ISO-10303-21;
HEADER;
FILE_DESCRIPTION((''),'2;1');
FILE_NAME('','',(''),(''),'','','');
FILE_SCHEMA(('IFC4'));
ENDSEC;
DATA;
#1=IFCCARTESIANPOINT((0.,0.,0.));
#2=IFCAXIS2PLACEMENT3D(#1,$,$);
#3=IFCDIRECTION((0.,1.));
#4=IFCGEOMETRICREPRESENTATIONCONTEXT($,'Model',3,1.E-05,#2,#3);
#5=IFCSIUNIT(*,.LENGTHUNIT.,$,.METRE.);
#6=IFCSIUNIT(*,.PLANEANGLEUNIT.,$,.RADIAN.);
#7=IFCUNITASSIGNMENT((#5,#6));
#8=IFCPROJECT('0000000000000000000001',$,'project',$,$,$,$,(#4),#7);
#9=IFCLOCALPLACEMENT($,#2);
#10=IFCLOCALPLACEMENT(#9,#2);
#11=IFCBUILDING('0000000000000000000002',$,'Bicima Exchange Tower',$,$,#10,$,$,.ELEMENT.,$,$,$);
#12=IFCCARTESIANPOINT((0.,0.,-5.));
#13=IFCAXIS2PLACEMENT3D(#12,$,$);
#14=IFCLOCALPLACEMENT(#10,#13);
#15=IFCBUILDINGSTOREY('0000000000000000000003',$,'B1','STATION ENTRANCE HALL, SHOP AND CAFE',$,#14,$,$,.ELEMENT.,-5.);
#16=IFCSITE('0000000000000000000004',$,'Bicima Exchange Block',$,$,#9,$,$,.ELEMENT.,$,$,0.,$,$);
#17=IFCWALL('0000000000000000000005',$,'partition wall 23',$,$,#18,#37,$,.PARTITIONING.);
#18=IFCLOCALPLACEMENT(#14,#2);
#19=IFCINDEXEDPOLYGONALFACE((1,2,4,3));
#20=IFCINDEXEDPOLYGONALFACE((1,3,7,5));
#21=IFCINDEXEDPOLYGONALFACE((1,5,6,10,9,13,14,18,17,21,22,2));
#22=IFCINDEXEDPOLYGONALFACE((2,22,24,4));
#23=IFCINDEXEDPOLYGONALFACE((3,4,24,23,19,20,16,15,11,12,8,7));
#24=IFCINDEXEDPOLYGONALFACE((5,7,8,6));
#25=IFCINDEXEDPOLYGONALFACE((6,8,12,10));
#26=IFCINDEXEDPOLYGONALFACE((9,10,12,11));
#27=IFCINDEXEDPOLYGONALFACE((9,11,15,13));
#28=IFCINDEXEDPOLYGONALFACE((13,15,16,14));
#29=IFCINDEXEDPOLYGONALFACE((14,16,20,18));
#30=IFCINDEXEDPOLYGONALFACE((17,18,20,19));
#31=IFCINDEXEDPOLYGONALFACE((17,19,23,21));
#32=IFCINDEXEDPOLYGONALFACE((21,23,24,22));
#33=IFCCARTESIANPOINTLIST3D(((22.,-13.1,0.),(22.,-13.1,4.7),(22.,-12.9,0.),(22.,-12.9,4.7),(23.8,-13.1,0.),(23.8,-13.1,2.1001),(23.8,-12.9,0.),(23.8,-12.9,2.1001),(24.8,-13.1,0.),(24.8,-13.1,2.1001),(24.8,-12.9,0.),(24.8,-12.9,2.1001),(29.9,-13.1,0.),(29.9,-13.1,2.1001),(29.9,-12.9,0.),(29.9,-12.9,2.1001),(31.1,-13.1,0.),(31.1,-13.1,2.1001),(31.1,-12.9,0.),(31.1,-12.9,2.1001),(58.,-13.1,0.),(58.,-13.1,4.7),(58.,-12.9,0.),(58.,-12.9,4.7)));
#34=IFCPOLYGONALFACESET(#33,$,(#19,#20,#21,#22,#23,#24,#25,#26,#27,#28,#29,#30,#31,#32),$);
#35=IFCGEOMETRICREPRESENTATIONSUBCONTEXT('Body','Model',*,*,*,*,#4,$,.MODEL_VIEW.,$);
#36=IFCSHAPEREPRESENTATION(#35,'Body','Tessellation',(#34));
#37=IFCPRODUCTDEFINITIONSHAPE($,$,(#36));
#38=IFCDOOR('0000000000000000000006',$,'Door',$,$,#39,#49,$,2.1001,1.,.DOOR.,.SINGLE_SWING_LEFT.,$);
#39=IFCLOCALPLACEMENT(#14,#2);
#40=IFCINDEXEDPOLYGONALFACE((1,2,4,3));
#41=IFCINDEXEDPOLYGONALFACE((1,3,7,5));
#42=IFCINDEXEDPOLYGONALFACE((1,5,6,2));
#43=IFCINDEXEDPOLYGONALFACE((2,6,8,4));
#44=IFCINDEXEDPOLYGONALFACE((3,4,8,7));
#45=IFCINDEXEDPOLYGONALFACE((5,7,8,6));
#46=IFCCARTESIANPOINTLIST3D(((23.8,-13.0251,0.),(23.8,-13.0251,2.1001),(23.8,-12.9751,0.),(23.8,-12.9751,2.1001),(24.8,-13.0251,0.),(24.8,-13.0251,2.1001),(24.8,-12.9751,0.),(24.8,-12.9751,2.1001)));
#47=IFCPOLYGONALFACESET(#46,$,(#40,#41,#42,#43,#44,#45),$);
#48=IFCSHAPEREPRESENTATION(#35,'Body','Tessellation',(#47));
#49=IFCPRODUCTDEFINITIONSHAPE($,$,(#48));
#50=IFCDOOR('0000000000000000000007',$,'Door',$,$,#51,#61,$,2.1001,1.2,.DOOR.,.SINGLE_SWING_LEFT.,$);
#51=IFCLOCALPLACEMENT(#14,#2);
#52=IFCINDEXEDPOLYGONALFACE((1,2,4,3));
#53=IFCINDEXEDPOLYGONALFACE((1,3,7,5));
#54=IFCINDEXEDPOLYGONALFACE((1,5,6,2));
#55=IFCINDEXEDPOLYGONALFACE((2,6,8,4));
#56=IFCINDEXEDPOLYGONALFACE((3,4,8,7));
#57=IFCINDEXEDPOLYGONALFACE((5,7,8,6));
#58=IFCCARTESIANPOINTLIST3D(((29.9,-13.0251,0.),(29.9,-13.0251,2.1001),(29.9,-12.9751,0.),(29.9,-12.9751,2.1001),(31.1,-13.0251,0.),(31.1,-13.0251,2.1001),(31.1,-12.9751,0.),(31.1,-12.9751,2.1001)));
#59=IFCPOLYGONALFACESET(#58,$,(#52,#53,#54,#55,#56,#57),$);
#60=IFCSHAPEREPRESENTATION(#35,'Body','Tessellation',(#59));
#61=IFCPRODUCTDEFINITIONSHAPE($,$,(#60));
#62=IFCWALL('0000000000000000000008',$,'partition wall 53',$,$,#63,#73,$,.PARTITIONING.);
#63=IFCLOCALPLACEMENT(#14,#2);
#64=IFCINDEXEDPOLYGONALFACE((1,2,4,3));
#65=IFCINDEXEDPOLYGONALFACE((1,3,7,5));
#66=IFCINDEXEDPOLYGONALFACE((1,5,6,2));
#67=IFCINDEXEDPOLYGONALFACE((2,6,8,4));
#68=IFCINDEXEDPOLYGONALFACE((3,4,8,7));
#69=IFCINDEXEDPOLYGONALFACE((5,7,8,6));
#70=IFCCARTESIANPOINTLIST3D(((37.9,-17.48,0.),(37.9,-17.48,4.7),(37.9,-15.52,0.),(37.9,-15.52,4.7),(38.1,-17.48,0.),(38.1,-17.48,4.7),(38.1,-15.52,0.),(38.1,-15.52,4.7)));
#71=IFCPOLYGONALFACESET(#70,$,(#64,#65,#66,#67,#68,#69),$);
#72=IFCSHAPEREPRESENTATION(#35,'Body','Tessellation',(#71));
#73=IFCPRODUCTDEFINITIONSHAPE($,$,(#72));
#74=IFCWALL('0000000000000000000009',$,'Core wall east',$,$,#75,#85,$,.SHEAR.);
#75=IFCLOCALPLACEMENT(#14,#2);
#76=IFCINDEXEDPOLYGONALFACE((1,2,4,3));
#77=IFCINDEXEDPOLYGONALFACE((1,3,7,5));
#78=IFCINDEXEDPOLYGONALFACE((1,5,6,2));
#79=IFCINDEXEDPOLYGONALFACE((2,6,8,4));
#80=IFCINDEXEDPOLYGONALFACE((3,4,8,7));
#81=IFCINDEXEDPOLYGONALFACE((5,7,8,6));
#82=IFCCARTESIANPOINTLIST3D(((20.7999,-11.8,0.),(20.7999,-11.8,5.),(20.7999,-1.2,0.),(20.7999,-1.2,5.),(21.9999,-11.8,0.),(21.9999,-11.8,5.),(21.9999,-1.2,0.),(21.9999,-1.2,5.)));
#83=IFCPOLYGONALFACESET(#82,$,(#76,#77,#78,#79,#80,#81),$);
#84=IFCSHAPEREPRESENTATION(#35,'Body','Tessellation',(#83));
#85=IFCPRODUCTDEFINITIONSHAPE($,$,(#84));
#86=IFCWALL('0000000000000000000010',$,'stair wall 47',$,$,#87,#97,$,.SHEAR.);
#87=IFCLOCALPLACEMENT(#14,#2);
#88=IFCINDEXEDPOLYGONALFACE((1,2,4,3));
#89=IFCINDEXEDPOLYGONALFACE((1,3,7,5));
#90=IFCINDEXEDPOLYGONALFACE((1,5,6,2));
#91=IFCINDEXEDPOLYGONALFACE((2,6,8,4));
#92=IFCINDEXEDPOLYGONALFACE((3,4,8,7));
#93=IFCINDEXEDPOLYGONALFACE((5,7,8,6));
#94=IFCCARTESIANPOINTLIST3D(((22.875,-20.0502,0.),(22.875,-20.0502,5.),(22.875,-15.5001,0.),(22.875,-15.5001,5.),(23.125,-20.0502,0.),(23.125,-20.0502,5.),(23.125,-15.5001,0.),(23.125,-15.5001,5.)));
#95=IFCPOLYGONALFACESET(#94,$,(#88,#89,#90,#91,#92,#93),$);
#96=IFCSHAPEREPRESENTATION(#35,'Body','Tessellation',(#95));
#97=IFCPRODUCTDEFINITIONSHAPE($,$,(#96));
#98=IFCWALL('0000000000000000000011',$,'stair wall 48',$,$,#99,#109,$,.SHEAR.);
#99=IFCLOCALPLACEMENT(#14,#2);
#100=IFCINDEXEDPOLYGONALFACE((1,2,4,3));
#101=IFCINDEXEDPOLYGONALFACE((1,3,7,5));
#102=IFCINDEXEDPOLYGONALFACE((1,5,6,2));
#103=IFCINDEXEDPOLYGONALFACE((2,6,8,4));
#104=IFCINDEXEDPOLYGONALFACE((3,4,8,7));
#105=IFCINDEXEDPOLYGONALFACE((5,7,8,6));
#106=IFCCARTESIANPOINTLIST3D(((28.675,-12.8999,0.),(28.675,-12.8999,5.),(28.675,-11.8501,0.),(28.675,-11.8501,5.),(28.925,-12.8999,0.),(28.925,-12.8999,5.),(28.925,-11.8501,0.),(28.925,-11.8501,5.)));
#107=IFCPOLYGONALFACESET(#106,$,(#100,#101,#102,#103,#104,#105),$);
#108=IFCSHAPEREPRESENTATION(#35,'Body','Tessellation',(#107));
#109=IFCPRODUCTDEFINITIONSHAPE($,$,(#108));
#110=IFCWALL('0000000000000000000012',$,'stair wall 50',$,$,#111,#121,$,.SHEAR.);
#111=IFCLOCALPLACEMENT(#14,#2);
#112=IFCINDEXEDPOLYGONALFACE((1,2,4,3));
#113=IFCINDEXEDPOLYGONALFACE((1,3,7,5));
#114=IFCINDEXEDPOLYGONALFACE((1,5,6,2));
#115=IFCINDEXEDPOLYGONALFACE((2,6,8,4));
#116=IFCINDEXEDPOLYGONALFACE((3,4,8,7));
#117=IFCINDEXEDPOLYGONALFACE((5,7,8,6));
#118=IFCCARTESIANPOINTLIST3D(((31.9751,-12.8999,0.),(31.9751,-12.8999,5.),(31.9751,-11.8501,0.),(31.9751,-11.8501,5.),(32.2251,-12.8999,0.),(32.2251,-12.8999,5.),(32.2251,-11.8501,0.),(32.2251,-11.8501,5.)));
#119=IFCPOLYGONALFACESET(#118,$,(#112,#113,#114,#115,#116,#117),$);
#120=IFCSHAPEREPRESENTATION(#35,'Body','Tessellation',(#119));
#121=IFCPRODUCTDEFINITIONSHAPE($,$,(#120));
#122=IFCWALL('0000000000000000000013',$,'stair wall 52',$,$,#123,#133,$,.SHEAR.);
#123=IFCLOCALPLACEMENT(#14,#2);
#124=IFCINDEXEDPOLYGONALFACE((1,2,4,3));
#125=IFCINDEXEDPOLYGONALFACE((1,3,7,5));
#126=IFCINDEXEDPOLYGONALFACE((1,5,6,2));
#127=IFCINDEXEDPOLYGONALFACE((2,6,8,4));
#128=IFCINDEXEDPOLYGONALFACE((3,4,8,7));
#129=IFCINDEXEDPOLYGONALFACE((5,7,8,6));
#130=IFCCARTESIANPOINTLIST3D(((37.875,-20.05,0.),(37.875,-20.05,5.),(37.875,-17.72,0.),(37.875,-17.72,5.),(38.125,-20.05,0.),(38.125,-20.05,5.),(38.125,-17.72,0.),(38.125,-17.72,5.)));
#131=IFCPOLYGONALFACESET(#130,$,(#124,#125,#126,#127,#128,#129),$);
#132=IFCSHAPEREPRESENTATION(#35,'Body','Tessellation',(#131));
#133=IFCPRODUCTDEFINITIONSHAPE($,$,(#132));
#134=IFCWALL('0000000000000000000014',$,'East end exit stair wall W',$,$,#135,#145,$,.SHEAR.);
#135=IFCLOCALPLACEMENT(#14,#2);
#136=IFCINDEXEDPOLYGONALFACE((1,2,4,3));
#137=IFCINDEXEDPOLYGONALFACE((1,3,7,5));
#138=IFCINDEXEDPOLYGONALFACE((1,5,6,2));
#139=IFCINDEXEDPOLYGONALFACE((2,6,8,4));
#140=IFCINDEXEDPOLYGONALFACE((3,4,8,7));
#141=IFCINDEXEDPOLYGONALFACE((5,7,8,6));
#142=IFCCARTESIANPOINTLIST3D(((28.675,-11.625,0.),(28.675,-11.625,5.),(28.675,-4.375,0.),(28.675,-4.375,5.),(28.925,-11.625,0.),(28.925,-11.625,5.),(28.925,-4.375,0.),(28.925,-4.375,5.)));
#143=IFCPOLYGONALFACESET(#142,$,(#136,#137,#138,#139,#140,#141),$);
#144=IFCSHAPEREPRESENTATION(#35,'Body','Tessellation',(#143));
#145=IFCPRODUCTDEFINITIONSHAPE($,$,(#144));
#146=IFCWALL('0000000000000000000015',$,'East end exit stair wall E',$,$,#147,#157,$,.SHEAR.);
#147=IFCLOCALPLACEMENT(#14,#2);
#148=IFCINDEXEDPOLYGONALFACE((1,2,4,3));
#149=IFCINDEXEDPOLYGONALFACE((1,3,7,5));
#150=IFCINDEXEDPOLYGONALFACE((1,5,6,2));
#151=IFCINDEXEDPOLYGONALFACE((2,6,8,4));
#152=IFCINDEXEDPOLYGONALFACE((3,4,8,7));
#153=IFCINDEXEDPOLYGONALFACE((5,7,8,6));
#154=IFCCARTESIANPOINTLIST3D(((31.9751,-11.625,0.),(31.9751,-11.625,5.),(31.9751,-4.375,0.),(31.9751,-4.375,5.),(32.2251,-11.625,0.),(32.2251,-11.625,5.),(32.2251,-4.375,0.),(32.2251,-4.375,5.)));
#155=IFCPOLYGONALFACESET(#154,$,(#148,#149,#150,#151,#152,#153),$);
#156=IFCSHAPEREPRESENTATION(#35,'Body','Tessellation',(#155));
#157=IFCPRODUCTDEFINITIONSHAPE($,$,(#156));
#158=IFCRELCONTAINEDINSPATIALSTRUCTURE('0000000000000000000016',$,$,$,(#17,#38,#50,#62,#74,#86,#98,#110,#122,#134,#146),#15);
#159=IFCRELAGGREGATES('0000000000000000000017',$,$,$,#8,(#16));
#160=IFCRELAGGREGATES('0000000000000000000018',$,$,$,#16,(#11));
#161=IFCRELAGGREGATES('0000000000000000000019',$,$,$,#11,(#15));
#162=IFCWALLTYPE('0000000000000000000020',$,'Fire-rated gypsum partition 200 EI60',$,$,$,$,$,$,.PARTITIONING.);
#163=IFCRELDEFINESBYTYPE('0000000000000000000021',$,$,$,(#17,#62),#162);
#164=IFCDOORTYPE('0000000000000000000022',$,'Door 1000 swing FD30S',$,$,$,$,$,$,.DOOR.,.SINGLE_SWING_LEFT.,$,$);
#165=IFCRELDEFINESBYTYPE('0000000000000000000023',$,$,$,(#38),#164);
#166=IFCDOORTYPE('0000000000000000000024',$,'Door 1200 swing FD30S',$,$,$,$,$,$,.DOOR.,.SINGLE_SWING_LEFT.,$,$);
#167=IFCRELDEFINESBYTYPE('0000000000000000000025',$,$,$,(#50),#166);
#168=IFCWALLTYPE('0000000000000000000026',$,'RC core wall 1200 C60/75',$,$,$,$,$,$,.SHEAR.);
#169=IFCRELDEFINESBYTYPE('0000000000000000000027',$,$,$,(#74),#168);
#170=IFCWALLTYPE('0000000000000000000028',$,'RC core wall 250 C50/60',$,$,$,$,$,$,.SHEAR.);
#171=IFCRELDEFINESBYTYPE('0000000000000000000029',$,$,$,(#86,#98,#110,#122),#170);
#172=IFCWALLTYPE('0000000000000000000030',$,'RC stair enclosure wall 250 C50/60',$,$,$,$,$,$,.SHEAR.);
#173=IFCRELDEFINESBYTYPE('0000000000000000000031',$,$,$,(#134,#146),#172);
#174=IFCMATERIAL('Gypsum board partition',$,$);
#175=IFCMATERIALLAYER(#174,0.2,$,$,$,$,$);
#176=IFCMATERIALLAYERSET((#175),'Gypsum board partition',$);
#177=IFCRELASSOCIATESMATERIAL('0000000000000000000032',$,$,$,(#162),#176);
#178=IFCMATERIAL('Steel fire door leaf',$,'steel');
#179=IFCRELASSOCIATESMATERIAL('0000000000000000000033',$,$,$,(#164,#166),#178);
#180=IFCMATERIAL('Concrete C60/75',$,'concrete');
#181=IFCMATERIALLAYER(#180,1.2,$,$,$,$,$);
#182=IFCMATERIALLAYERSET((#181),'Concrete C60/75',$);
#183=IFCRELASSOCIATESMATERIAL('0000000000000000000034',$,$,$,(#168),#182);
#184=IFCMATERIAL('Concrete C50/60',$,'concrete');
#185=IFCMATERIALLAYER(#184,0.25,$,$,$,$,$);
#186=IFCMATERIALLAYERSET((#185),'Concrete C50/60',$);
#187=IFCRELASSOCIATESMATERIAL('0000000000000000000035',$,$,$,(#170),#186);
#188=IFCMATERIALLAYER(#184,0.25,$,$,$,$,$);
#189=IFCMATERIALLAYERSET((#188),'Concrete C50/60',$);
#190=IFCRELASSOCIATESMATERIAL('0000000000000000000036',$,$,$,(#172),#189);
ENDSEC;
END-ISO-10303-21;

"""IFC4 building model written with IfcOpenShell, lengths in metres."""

from ifc_helpers import new_model, si_unit, direction, frame, frame_2d, origin, place, context, subcontext, project, spatial, rectangle, extrude, material, layer, layer_set, type_object, element, fill, save


model = new_model("IFC4")

# Units and contexts
model_context = context("Model", 3, precision=1e-05, world=origin(), true_north=direction((0.0, 1.0)))
body_context = subcontext(model_context, "Body", "Model", "MODEL_VIEW")
ifc_project = project(units=[si_unit("LENGTHUNIT", "METRE"), si_unit("PLANEANGLEUNIT", "RADIAN")], contexts=[model_context])

# Site, building, storey
site_placement = place(None, origin())
site = spatial("IfcSite", under=ifc_project, at=site_placement, Name="Bicima Exchange Block", CompositionType="ELEMENT", RefElevation=0.0)
building_placement = place(site_placement, origin())
building = spatial("IfcBuilding", under=site, at=building_placement, Name="Bicima Exchange Tower", CompositionType="ELEMENT")
storey_placement = place(building_placement, frame((0.0, 0.0, -5.0)))
storey = spatial("IfcBuildingStorey", under=building, at=storey_placement, Name="B1", Description="STATION ENTRANCE HALL, SHOP AND CAFE", CompositionType="ELEMENT", Elevation=-5.0)

# Shared definitions
ifc_material_1 = material(Name="Concrete C60/75", Category="concrete")

# Shared definitions
ifc_material_2 = material(Name="Gypsum board partition")
ifc_layer_1 = layer(ifc_material_2, 0.2)
ifc_layer_set_1 = layer_set([ifc_layer_1], Name="Gypsum board partition")
wall_type_1 = type_object("IfcWallType", Name="Fire-rated gypsum partition 200 EI60", PredefinedType="PARTITIONING", material=ifc_layer_set_1)
ifc_material_3 = material(Name="Steel fire door leaf", Category="steel")
door_type_1 = type_object("IfcDoorType", Name="Door 1000 swing FD30S", OperationType="SINGLE_SWING_LEFT", PredefinedType="DOOR", material=ifc_material_3)

# Wall, openings, doors
wall_1_placement = place(storey_placement, frame((22.0, -13.0, 0.0), z_axis=(0.0, 0.0, 1.0), x_axis=(1.0, 0.0, 0.0)))
wall_1 = element("IfcWall", 1, at=wall_1_placement, inside=storey, type_object=wall_type_1, Name="partition wall 23", PredefinedType="PARTITIONING", context=body_context, shape_type="SweptSolid", body=[
    extrude(rectangle(XDim=36.0, YDim=0.2, at=frame_2d((18.0, 0.0))), origin(), (0.0, 0.0, 1.0), 4.7),
])
opening_1_placement = place(wall_1_placement, frame((7.8999, 0.0, 0.0)))
opening_1 = element("IfcOpeningElement", 2, at=opening_1_placement, cuts=wall_1, PredefinedType="OPENING", context=body_context, shape_type="SweptSolid", body=[
    extrude(rectangle(XDim=1.2, YDim=2.1001, at=frame_2d((0.6001, 1.05))), frame((0.0, 0.1118, 0.0), z_axis=(0.0, -1.0, 0.0), x_axis=(1.0, 0.0, 0.0)), (0.0, 0.0, 1.0), 0.2239),
])
opening_2_placement = place(wall_1_placement, frame((1.8, 0.0, 0.0)))
opening_2 = element("IfcOpeningElement", 3, at=opening_2_placement, cuts=wall_1, PredefinedType="OPENING", context=body_context, shape_type="SweptSolid", body=[
    extrude(rectangle(XDim=1.0, YDim=2.1001, at=frame_2d((0.5, 1.05))), frame((0.0, 0.1118, 0.0), z_axis=(0.0, -1.0, 0.0), x_axis=(1.0, 0.0, 0.0)), (0.0, 0.0, 1.0), 0.2239),
])
door_1_placement = place(opening_2_placement, origin())
door_1 = element("IfcDoor", 4, at=door_1_placement, inside=storey, type_object=door_type_1, Name="Door", OperationType="SINGLE_SWING_LEFT", OverallHeight=2.1001, OverallWidth=1.0, PredefinedType="DOOR", context=body_context, shape_type="SweptSolid", body=[
    extrude(rectangle(XDim=1.0, YDim=2.1001, at=frame_2d((0.5, 1.05))), frame((0.0, 0.0249, 0.0), z_axis=(0.0, -1.0, 0.0), x_axis=(1.0, 0.0, 0.0)), (0.0, 0.0, 1.0), 0.05),
])
fill(opening_2, door_1)
door_type_2 = type_object("IfcDoorType", Name="Door 1200 swing FD30S", OperationType="SINGLE_SWING_LEFT", PredefinedType="DOOR", material=ifc_material_3)
door_2_placement = place(opening_1_placement, origin())
door_2 = element("IfcDoor", 5, at=door_2_placement, inside=storey, type_object=door_type_2, Name="Door", OperationType="SINGLE_SWING_LEFT", OverallHeight=2.1001, OverallWidth=1.2, PredefinedType="DOOR", context=body_context, shape_type="SweptSolid", body=[
    extrude(rectangle(XDim=1.2, YDim=2.1001, at=frame_2d((0.6001, 1.05))), frame((0.0, 0.0249, 0.0), z_axis=(0.0, -1.0, 0.0), x_axis=(1.0, 0.0, 0.0)), (0.0, 0.0, 1.0), 0.05),
])
fill(opening_1, door_2)

# Walls
wall_2_placement = place(storey_placement, frame((38.0, -17.48, 0.0), z_axis=(0.0, 0.0, 1.0), x_axis=(0.0, 1.0, 0.0)))
element("IfcWall", 6, at=wall_2_placement, inside=storey, type_object=wall_type_1, Name="partition wall 53", PredefinedType="PARTITIONING", context=body_context, shape_type="SweptSolid", body=[
    extrude(rectangle(XDim=1.96, YDim=0.2, at=frame_2d((0.98, 0.0))), origin(), (0.0, 0.0, 1.0), 4.7),
])
ifc_layer_2 = layer(ifc_material_1, 1.2)
ifc_layer_set_2 = layer_set([ifc_layer_2], Name="Concrete C60/75")
wall_type_2 = type_object("IfcWallType", Name="RC core wall 1200 C60/75", PredefinedType="SHEAR", material=ifc_layer_set_2)
wall_3_placement = place(storey_placement, frame((21.3999, -11.8, 0.0), z_axis=(0.0, 0.0, 1.0), x_axis=(0.0, 1.0, 0.0)))
element("IfcWall", 7, at=wall_3_placement, inside=storey, type_object=wall_type_2, Name="Core wall east", PredefinedType="SHEAR", context=body_context, shape_type="SweptSolid", body=[
    extrude(rectangle(XDim=10.6001, YDim=1.2, at=frame_2d((5.3, 0.0))), origin(), (0.0, 0.0, 1.0), 5.0),
])
ifc_material_4 = material(Name="Concrete C50/60", Category="concrete")
ifc_layer_3 = layer(ifc_material_4, 0.25)
ifc_layer_set_3 = layer_set([ifc_layer_3], Name="Concrete C50/60")
wall_type_3 = type_object("IfcWallType", Name="RC core wall 250 C50/60", PredefinedType="SHEAR", material=ifc_layer_set_3)
wall_4_placement = place(storey_placement, frame((23.0, -20.05, 0.0), z_axis=(0.0, 0.0, 1.0), x_axis=(0.0, 1.0, 0.0)))
element("IfcWall", 8, at=wall_4_placement, inside=storey, type_object=wall_type_3, Name="stair wall 47", PredefinedType="SHEAR", context=body_context, shape_type="SweptSolid", body=[
    extrude(rectangle(XDim=4.55, YDim=0.25, at=frame_2d((2.2749, 0.0))), origin(), (0.0, 0.0, 1.0), 5.0),
])
for number, where, z_axis, x_axis, name in (
    (9, (28.8, -12.8999, 0.0), (0.0, 0.0, 1.0), (0.0, 1.0, 0.0), "stair wall 48"),
    (10, (32.1001, -12.8999, 0.0), (0.0, 0.0, 1.0), (0.0, 1.0, 0.0), "stair wall 50"),
):
    element("IfcWall", number, at=place(storey_placement, frame(where, z_axis=z_axis, x_axis=x_axis)), inside=storey, type_object=wall_type_3, Name=name, PredefinedType="SHEAR", context=body_context, shape_type="SweptSolid", body=[
        extrude(rectangle(XDim=1.0498, YDim=0.25, at=frame_2d((0.5249, 0.0))), origin(), (0.0, 0.0, 1.0), 5.0),
    ])
wall_5_placement = place(storey_placement, frame((38.0, -20.05, 0.0), z_axis=(0.0, 0.0, 1.0), x_axis=(0.0, 1.0, 0.0)))
element("IfcWall", 11, at=wall_5_placement, inside=storey, type_object=wall_type_3, Name="stair wall 52", PredefinedType="SHEAR", context=body_context, shape_type="SweptSolid", body=[
    extrude(rectangle(XDim=2.3301, YDim=0.25, at=frame_2d((1.165, 0.0))), origin(), (0.0, 0.0, 1.0), 5.0),
])
ifc_layer_4 = layer(ifc_material_4, 0.25)
ifc_layer_set_4 = layer_set([ifc_layer_4], Name="Concrete C50/60")
wall_type_4 = type_object("IfcWallType", Name="RC stair enclosure wall 250 C50/60", PredefinedType="SHEAR", material=ifc_layer_set_4)
for number, where, z_axis, x_axis, name in (
    (12, (28.8, -11.625, 0.0), (0.0, 0.0, 1.0), (0.0, 1.0, 0.0), "East end exit stair wall W"),
    (13, (32.1001, -11.625, 0.0), (0.0, 0.0, 1.0), (0.0, 1.0, 0.0), "East end exit stair wall E"),
):
    element("IfcWall", number, at=place(storey_placement, frame(where, z_axis=z_axis, x_axis=x_axis)), inside=storey, type_object=wall_type_4, Name=name, PredefinedType="SHEAR", context=body_context, shape_type="SweptSolid", body=[
        extrude(rectangle(XDim=7.25, YDim=0.25, at=frame_2d((3.625, 0.0))), origin(), (0.0, 0.0, 1.0), 5.0),
    ])

save(model, "model.ifc")
